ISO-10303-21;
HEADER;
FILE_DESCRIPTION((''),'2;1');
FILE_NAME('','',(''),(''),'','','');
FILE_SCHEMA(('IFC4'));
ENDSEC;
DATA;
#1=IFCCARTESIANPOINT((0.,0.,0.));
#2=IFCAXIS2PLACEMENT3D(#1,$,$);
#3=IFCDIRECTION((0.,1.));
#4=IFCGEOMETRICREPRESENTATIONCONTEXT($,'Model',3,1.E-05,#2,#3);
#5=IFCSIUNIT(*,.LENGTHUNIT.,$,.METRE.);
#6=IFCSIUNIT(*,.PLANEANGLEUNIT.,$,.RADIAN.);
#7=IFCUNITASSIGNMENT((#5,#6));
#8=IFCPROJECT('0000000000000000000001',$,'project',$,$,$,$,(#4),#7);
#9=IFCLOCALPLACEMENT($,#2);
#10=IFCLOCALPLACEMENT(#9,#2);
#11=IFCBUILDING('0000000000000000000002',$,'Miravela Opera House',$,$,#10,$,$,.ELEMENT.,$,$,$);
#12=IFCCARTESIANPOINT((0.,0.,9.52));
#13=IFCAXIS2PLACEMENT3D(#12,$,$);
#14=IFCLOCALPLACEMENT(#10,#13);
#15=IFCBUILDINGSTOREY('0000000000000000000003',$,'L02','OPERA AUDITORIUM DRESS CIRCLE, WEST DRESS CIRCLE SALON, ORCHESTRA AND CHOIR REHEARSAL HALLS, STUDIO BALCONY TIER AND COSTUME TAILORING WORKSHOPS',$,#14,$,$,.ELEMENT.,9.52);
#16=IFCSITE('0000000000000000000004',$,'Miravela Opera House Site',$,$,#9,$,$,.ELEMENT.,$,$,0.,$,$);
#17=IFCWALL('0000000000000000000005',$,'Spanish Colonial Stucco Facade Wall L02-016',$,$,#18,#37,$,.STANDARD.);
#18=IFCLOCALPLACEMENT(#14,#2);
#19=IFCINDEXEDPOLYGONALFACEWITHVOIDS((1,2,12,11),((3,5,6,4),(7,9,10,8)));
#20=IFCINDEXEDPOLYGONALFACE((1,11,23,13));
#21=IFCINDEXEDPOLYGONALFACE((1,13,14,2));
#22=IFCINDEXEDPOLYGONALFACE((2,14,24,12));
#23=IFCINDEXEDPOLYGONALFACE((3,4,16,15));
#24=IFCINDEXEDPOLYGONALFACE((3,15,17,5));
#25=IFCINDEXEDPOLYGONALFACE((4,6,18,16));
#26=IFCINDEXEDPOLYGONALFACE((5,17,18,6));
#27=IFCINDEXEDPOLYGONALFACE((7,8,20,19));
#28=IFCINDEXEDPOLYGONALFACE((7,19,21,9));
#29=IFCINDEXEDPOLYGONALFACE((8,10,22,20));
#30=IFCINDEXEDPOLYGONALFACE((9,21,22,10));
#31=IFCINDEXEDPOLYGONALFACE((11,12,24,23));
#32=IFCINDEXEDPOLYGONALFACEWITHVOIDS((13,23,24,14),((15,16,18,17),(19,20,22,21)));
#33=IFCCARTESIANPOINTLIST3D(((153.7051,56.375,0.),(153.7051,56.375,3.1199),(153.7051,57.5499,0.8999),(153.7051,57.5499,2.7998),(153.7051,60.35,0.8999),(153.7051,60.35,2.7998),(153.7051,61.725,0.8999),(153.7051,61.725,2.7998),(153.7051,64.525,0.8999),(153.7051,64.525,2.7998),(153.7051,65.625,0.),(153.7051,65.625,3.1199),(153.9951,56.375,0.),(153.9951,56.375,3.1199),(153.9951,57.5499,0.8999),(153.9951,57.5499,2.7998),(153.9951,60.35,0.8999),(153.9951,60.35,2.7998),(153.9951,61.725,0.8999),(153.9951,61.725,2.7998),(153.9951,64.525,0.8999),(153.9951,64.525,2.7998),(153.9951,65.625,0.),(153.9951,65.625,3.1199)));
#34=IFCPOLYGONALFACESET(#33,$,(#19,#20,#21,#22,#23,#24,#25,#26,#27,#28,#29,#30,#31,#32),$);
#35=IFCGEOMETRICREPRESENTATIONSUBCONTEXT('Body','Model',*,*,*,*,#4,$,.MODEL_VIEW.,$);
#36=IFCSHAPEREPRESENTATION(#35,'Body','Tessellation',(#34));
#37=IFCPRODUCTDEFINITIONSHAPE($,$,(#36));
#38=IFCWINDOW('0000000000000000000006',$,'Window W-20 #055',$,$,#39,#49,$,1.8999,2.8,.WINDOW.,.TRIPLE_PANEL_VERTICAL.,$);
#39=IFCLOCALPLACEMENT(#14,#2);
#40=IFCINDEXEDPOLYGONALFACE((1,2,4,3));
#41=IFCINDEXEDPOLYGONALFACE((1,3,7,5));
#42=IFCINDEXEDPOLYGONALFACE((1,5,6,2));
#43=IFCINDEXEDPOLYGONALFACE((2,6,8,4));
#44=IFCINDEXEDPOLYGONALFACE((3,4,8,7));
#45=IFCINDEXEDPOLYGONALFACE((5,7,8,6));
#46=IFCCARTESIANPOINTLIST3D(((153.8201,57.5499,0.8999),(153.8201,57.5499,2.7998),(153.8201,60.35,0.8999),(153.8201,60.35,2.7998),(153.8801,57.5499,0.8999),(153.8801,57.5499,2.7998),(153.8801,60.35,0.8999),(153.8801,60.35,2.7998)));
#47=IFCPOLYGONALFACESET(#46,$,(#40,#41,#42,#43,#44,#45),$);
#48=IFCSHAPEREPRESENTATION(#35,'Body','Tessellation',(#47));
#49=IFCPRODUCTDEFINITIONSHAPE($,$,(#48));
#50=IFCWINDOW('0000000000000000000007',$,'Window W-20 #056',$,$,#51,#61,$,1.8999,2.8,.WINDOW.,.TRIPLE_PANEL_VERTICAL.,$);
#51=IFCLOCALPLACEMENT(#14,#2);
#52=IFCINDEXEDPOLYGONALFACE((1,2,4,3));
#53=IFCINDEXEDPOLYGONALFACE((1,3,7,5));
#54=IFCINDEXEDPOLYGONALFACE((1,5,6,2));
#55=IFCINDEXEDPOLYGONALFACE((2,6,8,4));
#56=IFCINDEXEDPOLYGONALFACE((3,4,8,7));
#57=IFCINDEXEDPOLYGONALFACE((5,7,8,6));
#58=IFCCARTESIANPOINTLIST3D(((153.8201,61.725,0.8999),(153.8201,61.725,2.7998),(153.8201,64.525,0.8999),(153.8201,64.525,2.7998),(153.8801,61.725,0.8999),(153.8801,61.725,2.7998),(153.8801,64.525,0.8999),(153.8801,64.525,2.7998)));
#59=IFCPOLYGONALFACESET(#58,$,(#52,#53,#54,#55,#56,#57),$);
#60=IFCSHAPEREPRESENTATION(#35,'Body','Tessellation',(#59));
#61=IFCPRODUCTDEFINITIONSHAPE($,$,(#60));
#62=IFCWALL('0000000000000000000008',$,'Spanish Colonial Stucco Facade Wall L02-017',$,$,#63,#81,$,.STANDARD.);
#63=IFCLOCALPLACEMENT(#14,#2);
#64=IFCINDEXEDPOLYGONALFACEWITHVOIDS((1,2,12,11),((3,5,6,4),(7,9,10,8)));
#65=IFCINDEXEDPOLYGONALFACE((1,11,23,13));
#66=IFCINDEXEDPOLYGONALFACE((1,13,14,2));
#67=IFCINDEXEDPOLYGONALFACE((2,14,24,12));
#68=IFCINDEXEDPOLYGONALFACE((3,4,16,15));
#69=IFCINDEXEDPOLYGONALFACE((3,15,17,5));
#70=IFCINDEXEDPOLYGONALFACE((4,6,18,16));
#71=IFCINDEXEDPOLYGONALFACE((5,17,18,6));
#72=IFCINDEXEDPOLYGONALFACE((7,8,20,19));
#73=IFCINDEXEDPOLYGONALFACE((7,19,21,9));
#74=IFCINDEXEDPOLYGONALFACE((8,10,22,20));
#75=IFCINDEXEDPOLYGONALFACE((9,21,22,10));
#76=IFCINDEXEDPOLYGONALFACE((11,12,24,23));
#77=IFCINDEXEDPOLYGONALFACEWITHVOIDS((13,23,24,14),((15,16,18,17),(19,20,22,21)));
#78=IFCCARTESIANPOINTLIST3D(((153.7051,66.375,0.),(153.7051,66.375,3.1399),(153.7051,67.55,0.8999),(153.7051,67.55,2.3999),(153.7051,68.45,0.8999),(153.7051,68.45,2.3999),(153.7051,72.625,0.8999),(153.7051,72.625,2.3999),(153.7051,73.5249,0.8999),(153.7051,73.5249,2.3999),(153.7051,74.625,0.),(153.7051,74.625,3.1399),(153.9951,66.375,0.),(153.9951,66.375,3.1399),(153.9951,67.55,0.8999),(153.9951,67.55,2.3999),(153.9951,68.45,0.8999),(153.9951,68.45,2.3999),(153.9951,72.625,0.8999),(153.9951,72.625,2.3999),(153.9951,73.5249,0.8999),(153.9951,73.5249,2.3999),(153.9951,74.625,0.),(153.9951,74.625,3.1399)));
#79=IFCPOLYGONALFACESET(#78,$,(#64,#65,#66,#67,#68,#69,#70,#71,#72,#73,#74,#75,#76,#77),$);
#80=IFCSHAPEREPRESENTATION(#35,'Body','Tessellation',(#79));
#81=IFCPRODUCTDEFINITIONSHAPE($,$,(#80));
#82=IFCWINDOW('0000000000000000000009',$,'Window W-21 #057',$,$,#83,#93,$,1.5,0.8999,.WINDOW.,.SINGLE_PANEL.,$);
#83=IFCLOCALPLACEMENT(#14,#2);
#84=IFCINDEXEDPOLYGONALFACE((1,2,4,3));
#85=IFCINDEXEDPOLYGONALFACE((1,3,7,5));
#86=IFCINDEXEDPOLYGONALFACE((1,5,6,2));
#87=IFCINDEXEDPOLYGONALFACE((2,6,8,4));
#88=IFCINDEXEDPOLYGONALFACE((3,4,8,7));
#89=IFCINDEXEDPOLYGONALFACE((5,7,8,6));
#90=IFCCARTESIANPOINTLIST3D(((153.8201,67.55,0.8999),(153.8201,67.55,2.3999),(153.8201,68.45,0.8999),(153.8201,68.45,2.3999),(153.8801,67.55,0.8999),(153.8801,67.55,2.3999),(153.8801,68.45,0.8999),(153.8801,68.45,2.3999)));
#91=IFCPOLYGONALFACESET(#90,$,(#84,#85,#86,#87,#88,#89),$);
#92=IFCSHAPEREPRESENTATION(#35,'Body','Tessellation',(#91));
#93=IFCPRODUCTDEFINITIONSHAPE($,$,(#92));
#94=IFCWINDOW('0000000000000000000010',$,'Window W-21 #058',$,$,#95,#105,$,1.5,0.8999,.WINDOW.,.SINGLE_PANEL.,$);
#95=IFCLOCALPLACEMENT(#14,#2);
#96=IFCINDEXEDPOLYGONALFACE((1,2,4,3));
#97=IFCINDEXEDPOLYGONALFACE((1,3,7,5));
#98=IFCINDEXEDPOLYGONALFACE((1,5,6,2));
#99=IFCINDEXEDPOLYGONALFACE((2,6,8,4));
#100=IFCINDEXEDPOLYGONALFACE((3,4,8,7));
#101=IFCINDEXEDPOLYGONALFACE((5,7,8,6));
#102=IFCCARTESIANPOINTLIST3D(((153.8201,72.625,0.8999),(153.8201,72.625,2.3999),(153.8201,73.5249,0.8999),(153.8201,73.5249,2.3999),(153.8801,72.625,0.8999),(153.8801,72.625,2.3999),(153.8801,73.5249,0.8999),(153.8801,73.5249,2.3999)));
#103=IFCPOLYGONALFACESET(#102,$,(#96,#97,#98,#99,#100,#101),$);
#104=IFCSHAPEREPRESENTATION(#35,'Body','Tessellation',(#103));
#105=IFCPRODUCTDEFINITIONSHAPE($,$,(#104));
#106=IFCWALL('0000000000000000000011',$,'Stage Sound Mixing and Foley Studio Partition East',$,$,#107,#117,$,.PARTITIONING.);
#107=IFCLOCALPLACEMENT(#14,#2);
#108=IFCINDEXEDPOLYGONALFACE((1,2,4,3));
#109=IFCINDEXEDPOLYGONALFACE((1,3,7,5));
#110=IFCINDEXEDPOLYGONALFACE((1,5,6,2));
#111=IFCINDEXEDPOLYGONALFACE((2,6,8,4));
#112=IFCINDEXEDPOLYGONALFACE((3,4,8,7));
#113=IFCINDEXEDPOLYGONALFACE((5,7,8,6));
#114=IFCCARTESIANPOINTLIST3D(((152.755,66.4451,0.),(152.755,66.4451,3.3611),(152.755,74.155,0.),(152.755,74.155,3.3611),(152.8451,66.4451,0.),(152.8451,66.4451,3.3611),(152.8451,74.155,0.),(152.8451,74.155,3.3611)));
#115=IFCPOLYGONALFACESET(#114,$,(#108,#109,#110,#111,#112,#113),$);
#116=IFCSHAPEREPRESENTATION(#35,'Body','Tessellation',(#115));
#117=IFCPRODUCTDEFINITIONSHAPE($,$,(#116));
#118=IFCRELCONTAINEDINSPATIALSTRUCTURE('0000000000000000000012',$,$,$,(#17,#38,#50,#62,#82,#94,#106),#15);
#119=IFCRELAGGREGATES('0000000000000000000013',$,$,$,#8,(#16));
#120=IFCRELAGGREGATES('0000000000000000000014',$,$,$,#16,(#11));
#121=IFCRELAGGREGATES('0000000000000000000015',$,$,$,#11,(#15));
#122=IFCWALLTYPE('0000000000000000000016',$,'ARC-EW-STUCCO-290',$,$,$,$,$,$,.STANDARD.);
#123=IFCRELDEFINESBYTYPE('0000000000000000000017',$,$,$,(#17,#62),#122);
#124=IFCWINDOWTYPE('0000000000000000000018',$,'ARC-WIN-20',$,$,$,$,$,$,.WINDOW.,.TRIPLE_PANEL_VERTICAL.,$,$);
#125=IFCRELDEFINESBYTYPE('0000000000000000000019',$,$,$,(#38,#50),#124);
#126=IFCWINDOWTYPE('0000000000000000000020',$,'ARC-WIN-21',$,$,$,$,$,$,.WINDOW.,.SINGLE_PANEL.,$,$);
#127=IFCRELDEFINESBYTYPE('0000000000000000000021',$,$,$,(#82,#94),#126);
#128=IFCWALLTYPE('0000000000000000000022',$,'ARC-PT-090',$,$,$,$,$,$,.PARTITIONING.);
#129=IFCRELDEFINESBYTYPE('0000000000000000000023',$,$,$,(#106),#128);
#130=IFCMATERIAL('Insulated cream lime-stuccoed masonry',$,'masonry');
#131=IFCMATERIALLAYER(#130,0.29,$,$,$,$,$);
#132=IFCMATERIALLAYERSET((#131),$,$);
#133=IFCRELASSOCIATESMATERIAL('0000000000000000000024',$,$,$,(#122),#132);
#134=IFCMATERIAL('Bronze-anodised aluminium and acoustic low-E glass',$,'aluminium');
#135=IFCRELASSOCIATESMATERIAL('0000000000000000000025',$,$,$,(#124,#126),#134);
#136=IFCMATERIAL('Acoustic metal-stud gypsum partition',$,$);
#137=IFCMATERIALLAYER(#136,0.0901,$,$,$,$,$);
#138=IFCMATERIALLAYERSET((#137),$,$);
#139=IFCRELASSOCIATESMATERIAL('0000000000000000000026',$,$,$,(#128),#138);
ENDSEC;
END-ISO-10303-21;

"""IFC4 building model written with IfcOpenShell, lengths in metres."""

from ifc_helpers import new_model, si_unit, direction, frame, frame_2d, origin, place, context, subcontext, project, spatial, rectangle, extrude, material, layer, layer_set, type_object, element, fill, save


model = new_model("IFC4")

# Units and contexts
model_context = context("Model", 3, precision=1e-05, world=origin(), true_north=direction((0.0, 1.0)))
body_context = subcontext(model_context, "Body", "Model", "MODEL_VIEW")
ifc_project = project(units=[si_unit("LENGTHUNIT", "METRE"), si_unit("PLANEANGLEUNIT", "RADIAN")], contexts=[model_context])

# Site, building, storey
site_placement = place(None, origin())
site = spatial("IfcSite", under=ifc_project, at=site_placement, Name="Miravela Opera House Site", CompositionType="ELEMENT", RefElevation=0.0)
building_placement = place(site_placement, origin())
building = spatial("IfcBuilding", under=site, at=building_placement, Name="Miravela Opera House", CompositionType="ELEMENT")
storey_placement = place(building_placement, frame((0.0, 0.0, 9.52)))
storey = spatial("IfcBuildingStorey", under=building, at=storey_placement, Name="L02", Description="OPERA AUDITORIUM DRESS CIRCLE, WEST DRESS CIRCLE SALON, ORCHESTRA AND CHOIR REHEARSAL HALLS, STUDIO BALCONY TIER AND COSTUME TAILORING WORKSHOPS", CompositionType="ELEMENT", Elevation=9.52)

# Walls, openings, windows
ifc_material_1 = material(Name="Insulated cream lime-stuccoed masonry", Category="masonry")
ifc_layer_1 = layer(ifc_material_1, 0.29)
ifc_layer_set_1 = layer_set([ifc_layer_1])
wall_type_1 = type_object("IfcWallType", Name="ARC-EW-STUCCO-290", PredefinedType="STANDARD", material=ifc_layer_set_1)
wall_1_placement = place(storey_placement, frame((153.8501, 56.375, 0.0), z_axis=(0.0, 0.0, 1.0), x_axis=(0.0, 1.0, 0.0)))
wall_1 = element("IfcWall", 1, at=wall_1_placement, inside=storey, type_object=wall_type_1, Name="Spanish Colonial Stucco Facade Wall L02-016", PredefinedType="STANDARD", context=body_context, shape_type="SweptSolid", body=[
    extrude(rectangle(XDim=9.25, YDim=0.29, at=frame_2d((4.625, 0.0))), origin(), (0.0, 0.0, 1.0), 3.1199),
])
opening_1_placement = place(wall_1_placement, frame((1.175, 0.0, 0.8999)))
opening_1 = element("IfcOpeningElement", 2, at=opening_1_placement, cuts=wall_1, PredefinedType="OPENING", context=body_context, shape_type="SweptSolid", body=[
    extrude(rectangle(XDim=2.8, YDim=1.8999, at=frame_2d((1.3999, 0.95))), frame((0.0, 0.155, 0.0), z_axis=(0.0, -1.0, 0.0), x_axis=(1.0, 0.0, 0.0)), (0.0, 0.0, 1.0), 0.3101),
])
opening_2_placement = place(wall_1_placement, frame((5.3501, 0.0, 0.8999)))
opening_2 = element("IfcOpeningElement", 3, at=opening_2_placement, cuts=wall_1, PredefinedType="OPENING", context=body_context, shape_type="SweptSolid", body=[
    extrude(rectangle(XDim=2.8, YDim=1.8999, at=frame_2d((1.3999, 0.95))), frame((0.0, 0.155, 0.0), z_axis=(0.0, -1.0, 0.0), x_axis=(1.0, 0.0, 0.0)), (0.0, 0.0, 1.0), 0.3101),
])
ifc_material_2 = material(Name="Bronze-anodised aluminium and acoustic low-E glass", Category="aluminium")
window_type_1 = type_object("IfcWindowType", Name="ARC-WIN-20", PartitioningType="TRIPLE_PANEL_VERTICAL", PredefinedType="WINDOW", material=ifc_material_2)
window_1_placement = place(opening_1_placement, origin())
window_1 = element("IfcWindow", 4, at=window_1_placement, inside=storey, type_object=window_type_1, Name="Window W-20 #055", OverallHeight=1.8999, OverallWidth=2.8, PartitioningType="TRIPLE_PANEL_VERTICAL", PredefinedType="WINDOW", context=body_context, shape_type="SweptSolid", body=[
    extrude(rectangle(XDim=2.8, YDim=1.8999, at=frame_2d((1.3999, 0.95))), frame((0.0, 0.03, 0.0), z_axis=(0.0, -1.0, 0.0), x_axis=(1.0, 0.0, 0.0)), (0.0, 0.0, 1.0), 0.0601),
])
fill(opening_1, window_1)
window_2_placement = place(opening_2_placement, origin())
window_2 = element("IfcWindow", 5, at=window_2_placement, inside=storey, type_object=window_type_1, Name="Window W-20 #056", OverallHeight=1.8999, OverallWidth=2.8, PartitioningType="TRIPLE_PANEL_VERTICAL", PredefinedType="WINDOW", context=body_context, shape_type="SweptSolid", body=[
    extrude(rectangle(XDim=2.8, YDim=1.8999, at=frame_2d((1.3999, 0.95))), frame((0.0, 0.03, 0.0), z_axis=(0.0, -1.0, 0.0), x_axis=(1.0, 0.0, 0.0)), (0.0, 0.0, 1.0), 0.0601),
])
fill(opening_2, window_2)
wall_2_placement = place(storey_placement, frame((153.8501, 66.375, 0.0), z_axis=(0.0, 0.0, 1.0), x_axis=(0.0, 1.0, 0.0)))
wall_2 = element("IfcWall", 6, at=wall_2_placement, inside=storey, type_object=wall_type_1, Name="Spanish Colonial Stucco Facade Wall L02-017", PredefinedType="STANDARD", context=body_context, shape_type="SweptSolid", body=[
    extrude(rectangle(XDim=8.25, YDim=0.29, at=frame_2d((4.125, 0.0))), origin(), (0.0, 0.0, 1.0), 3.1399),
])
opening_3_placement = place(wall_2_placement, frame((1.175, 0.0, 0.8999)))
opening_3 = element("IfcOpeningElement", 7, at=opening_3_placement, cuts=wall_2, PredefinedType="OPENING", context=body_context, shape_type="SweptSolid", body=[
    extrude(rectangle(XDim=0.8999, YDim=1.5, at=frame_2d((0.45, 0.75))), frame((0.0, 0.155, 0.0), z_axis=(0.0, -1.0, 0.0), x_axis=(1.0, 0.0, 0.0)), (0.0, 0.0, 1.0), 0.3101),
])
opening_4_placement = place(wall_2_placement, frame((6.25, 0.0, 0.8999)))
opening_4 = element("IfcOpeningElement", 8, at=opening_4_placement, cuts=wall_2, PredefinedType="OPENING", context=body_context, shape_type="SweptSolid", body=[
    extrude(rectangle(XDim=0.8999, YDim=1.5, at=frame_2d((0.45, 0.75))), frame((0.0, 0.155, 0.0), z_axis=(0.0, -1.0, 0.0), x_axis=(1.0, 0.0, 0.0)), (0.0, 0.0, 1.0), 0.3101),
])
window_type_2 = type_object("IfcWindowType", Name="ARC-WIN-21", PartitioningType="SINGLE_PANEL", PredefinedType="WINDOW", material=ifc_material_2)
window_3_placement = place(opening_3_placement, origin())
window_3 = element("IfcWindow", 9, at=window_3_placement, inside=storey, type_object=window_type_2, Name="Window W-21 #057", OverallHeight=1.5, OverallWidth=0.8999, PartitioningType="SINGLE_PANEL", PredefinedType="WINDOW", context=body_context, shape_type="SweptSolid", body=[
    extrude(rectangle(XDim=0.8999, YDim=1.5, at=frame_2d((0.45, 0.75))), frame((0.0, 0.03, 0.0), z_axis=(0.0, -1.0, 0.0), x_axis=(1.0, 0.0, 0.0)), (0.0, 0.0, 1.0), 0.0601),
])
fill(opening_3, window_3)
window_4_placement = place(opening_4_placement, origin())
window_4 = element("IfcWindow", 10, at=window_4_placement, inside=storey, type_object=window_type_2, Name="Window W-21 #058", OverallHeight=1.5, OverallWidth=0.8999, PartitioningType="SINGLE_PANEL", PredefinedType="WINDOW", context=body_context, shape_type="SweptSolid", body=[
    extrude(rectangle(XDim=0.8999, YDim=1.5, at=frame_2d((0.45, 0.75))), frame((0.0, 0.03, 0.0), z_axis=(0.0, -1.0, 0.0), x_axis=(1.0, 0.0, 0.0)), (0.0, 0.0, 1.0), 0.0601),
])
fill(opening_4, window_4)

# Wall
ifc_material_3 = material(Name="Acoustic metal-stud gypsum partition")
ifc_layer_2 = layer(ifc_material_3, 0.0901)
ifc_layer_set_2 = layer_set([ifc_layer_2])
wall_type_2 = type_object("IfcWallType", Name="ARC-PT-090", PredefinedType="PARTITIONING", material=ifc_layer_set_2)
wall_3_placement = place(storey_placement, frame((152.8, 66.4451, 0.0), z_axis=(0.0, 0.0, 1.0), x_axis=(0.0, 1.0, 0.0)))
element("IfcWall", 11, at=wall_3_placement, inside=storey, type_object=wall_type_2, Name="Stage Sound Mixing and Foley Studio Partition East", PredefinedType="PARTITIONING", context=body_context, shape_type="SweptSolid", body=[
    extrude(rectangle(XDim=7.71, YDim=0.0901, at=frame_2d((3.855, 0.0))), origin(), (0.0, 0.0, 1.0), 3.3611),
])

save(model, "model.ifc")
